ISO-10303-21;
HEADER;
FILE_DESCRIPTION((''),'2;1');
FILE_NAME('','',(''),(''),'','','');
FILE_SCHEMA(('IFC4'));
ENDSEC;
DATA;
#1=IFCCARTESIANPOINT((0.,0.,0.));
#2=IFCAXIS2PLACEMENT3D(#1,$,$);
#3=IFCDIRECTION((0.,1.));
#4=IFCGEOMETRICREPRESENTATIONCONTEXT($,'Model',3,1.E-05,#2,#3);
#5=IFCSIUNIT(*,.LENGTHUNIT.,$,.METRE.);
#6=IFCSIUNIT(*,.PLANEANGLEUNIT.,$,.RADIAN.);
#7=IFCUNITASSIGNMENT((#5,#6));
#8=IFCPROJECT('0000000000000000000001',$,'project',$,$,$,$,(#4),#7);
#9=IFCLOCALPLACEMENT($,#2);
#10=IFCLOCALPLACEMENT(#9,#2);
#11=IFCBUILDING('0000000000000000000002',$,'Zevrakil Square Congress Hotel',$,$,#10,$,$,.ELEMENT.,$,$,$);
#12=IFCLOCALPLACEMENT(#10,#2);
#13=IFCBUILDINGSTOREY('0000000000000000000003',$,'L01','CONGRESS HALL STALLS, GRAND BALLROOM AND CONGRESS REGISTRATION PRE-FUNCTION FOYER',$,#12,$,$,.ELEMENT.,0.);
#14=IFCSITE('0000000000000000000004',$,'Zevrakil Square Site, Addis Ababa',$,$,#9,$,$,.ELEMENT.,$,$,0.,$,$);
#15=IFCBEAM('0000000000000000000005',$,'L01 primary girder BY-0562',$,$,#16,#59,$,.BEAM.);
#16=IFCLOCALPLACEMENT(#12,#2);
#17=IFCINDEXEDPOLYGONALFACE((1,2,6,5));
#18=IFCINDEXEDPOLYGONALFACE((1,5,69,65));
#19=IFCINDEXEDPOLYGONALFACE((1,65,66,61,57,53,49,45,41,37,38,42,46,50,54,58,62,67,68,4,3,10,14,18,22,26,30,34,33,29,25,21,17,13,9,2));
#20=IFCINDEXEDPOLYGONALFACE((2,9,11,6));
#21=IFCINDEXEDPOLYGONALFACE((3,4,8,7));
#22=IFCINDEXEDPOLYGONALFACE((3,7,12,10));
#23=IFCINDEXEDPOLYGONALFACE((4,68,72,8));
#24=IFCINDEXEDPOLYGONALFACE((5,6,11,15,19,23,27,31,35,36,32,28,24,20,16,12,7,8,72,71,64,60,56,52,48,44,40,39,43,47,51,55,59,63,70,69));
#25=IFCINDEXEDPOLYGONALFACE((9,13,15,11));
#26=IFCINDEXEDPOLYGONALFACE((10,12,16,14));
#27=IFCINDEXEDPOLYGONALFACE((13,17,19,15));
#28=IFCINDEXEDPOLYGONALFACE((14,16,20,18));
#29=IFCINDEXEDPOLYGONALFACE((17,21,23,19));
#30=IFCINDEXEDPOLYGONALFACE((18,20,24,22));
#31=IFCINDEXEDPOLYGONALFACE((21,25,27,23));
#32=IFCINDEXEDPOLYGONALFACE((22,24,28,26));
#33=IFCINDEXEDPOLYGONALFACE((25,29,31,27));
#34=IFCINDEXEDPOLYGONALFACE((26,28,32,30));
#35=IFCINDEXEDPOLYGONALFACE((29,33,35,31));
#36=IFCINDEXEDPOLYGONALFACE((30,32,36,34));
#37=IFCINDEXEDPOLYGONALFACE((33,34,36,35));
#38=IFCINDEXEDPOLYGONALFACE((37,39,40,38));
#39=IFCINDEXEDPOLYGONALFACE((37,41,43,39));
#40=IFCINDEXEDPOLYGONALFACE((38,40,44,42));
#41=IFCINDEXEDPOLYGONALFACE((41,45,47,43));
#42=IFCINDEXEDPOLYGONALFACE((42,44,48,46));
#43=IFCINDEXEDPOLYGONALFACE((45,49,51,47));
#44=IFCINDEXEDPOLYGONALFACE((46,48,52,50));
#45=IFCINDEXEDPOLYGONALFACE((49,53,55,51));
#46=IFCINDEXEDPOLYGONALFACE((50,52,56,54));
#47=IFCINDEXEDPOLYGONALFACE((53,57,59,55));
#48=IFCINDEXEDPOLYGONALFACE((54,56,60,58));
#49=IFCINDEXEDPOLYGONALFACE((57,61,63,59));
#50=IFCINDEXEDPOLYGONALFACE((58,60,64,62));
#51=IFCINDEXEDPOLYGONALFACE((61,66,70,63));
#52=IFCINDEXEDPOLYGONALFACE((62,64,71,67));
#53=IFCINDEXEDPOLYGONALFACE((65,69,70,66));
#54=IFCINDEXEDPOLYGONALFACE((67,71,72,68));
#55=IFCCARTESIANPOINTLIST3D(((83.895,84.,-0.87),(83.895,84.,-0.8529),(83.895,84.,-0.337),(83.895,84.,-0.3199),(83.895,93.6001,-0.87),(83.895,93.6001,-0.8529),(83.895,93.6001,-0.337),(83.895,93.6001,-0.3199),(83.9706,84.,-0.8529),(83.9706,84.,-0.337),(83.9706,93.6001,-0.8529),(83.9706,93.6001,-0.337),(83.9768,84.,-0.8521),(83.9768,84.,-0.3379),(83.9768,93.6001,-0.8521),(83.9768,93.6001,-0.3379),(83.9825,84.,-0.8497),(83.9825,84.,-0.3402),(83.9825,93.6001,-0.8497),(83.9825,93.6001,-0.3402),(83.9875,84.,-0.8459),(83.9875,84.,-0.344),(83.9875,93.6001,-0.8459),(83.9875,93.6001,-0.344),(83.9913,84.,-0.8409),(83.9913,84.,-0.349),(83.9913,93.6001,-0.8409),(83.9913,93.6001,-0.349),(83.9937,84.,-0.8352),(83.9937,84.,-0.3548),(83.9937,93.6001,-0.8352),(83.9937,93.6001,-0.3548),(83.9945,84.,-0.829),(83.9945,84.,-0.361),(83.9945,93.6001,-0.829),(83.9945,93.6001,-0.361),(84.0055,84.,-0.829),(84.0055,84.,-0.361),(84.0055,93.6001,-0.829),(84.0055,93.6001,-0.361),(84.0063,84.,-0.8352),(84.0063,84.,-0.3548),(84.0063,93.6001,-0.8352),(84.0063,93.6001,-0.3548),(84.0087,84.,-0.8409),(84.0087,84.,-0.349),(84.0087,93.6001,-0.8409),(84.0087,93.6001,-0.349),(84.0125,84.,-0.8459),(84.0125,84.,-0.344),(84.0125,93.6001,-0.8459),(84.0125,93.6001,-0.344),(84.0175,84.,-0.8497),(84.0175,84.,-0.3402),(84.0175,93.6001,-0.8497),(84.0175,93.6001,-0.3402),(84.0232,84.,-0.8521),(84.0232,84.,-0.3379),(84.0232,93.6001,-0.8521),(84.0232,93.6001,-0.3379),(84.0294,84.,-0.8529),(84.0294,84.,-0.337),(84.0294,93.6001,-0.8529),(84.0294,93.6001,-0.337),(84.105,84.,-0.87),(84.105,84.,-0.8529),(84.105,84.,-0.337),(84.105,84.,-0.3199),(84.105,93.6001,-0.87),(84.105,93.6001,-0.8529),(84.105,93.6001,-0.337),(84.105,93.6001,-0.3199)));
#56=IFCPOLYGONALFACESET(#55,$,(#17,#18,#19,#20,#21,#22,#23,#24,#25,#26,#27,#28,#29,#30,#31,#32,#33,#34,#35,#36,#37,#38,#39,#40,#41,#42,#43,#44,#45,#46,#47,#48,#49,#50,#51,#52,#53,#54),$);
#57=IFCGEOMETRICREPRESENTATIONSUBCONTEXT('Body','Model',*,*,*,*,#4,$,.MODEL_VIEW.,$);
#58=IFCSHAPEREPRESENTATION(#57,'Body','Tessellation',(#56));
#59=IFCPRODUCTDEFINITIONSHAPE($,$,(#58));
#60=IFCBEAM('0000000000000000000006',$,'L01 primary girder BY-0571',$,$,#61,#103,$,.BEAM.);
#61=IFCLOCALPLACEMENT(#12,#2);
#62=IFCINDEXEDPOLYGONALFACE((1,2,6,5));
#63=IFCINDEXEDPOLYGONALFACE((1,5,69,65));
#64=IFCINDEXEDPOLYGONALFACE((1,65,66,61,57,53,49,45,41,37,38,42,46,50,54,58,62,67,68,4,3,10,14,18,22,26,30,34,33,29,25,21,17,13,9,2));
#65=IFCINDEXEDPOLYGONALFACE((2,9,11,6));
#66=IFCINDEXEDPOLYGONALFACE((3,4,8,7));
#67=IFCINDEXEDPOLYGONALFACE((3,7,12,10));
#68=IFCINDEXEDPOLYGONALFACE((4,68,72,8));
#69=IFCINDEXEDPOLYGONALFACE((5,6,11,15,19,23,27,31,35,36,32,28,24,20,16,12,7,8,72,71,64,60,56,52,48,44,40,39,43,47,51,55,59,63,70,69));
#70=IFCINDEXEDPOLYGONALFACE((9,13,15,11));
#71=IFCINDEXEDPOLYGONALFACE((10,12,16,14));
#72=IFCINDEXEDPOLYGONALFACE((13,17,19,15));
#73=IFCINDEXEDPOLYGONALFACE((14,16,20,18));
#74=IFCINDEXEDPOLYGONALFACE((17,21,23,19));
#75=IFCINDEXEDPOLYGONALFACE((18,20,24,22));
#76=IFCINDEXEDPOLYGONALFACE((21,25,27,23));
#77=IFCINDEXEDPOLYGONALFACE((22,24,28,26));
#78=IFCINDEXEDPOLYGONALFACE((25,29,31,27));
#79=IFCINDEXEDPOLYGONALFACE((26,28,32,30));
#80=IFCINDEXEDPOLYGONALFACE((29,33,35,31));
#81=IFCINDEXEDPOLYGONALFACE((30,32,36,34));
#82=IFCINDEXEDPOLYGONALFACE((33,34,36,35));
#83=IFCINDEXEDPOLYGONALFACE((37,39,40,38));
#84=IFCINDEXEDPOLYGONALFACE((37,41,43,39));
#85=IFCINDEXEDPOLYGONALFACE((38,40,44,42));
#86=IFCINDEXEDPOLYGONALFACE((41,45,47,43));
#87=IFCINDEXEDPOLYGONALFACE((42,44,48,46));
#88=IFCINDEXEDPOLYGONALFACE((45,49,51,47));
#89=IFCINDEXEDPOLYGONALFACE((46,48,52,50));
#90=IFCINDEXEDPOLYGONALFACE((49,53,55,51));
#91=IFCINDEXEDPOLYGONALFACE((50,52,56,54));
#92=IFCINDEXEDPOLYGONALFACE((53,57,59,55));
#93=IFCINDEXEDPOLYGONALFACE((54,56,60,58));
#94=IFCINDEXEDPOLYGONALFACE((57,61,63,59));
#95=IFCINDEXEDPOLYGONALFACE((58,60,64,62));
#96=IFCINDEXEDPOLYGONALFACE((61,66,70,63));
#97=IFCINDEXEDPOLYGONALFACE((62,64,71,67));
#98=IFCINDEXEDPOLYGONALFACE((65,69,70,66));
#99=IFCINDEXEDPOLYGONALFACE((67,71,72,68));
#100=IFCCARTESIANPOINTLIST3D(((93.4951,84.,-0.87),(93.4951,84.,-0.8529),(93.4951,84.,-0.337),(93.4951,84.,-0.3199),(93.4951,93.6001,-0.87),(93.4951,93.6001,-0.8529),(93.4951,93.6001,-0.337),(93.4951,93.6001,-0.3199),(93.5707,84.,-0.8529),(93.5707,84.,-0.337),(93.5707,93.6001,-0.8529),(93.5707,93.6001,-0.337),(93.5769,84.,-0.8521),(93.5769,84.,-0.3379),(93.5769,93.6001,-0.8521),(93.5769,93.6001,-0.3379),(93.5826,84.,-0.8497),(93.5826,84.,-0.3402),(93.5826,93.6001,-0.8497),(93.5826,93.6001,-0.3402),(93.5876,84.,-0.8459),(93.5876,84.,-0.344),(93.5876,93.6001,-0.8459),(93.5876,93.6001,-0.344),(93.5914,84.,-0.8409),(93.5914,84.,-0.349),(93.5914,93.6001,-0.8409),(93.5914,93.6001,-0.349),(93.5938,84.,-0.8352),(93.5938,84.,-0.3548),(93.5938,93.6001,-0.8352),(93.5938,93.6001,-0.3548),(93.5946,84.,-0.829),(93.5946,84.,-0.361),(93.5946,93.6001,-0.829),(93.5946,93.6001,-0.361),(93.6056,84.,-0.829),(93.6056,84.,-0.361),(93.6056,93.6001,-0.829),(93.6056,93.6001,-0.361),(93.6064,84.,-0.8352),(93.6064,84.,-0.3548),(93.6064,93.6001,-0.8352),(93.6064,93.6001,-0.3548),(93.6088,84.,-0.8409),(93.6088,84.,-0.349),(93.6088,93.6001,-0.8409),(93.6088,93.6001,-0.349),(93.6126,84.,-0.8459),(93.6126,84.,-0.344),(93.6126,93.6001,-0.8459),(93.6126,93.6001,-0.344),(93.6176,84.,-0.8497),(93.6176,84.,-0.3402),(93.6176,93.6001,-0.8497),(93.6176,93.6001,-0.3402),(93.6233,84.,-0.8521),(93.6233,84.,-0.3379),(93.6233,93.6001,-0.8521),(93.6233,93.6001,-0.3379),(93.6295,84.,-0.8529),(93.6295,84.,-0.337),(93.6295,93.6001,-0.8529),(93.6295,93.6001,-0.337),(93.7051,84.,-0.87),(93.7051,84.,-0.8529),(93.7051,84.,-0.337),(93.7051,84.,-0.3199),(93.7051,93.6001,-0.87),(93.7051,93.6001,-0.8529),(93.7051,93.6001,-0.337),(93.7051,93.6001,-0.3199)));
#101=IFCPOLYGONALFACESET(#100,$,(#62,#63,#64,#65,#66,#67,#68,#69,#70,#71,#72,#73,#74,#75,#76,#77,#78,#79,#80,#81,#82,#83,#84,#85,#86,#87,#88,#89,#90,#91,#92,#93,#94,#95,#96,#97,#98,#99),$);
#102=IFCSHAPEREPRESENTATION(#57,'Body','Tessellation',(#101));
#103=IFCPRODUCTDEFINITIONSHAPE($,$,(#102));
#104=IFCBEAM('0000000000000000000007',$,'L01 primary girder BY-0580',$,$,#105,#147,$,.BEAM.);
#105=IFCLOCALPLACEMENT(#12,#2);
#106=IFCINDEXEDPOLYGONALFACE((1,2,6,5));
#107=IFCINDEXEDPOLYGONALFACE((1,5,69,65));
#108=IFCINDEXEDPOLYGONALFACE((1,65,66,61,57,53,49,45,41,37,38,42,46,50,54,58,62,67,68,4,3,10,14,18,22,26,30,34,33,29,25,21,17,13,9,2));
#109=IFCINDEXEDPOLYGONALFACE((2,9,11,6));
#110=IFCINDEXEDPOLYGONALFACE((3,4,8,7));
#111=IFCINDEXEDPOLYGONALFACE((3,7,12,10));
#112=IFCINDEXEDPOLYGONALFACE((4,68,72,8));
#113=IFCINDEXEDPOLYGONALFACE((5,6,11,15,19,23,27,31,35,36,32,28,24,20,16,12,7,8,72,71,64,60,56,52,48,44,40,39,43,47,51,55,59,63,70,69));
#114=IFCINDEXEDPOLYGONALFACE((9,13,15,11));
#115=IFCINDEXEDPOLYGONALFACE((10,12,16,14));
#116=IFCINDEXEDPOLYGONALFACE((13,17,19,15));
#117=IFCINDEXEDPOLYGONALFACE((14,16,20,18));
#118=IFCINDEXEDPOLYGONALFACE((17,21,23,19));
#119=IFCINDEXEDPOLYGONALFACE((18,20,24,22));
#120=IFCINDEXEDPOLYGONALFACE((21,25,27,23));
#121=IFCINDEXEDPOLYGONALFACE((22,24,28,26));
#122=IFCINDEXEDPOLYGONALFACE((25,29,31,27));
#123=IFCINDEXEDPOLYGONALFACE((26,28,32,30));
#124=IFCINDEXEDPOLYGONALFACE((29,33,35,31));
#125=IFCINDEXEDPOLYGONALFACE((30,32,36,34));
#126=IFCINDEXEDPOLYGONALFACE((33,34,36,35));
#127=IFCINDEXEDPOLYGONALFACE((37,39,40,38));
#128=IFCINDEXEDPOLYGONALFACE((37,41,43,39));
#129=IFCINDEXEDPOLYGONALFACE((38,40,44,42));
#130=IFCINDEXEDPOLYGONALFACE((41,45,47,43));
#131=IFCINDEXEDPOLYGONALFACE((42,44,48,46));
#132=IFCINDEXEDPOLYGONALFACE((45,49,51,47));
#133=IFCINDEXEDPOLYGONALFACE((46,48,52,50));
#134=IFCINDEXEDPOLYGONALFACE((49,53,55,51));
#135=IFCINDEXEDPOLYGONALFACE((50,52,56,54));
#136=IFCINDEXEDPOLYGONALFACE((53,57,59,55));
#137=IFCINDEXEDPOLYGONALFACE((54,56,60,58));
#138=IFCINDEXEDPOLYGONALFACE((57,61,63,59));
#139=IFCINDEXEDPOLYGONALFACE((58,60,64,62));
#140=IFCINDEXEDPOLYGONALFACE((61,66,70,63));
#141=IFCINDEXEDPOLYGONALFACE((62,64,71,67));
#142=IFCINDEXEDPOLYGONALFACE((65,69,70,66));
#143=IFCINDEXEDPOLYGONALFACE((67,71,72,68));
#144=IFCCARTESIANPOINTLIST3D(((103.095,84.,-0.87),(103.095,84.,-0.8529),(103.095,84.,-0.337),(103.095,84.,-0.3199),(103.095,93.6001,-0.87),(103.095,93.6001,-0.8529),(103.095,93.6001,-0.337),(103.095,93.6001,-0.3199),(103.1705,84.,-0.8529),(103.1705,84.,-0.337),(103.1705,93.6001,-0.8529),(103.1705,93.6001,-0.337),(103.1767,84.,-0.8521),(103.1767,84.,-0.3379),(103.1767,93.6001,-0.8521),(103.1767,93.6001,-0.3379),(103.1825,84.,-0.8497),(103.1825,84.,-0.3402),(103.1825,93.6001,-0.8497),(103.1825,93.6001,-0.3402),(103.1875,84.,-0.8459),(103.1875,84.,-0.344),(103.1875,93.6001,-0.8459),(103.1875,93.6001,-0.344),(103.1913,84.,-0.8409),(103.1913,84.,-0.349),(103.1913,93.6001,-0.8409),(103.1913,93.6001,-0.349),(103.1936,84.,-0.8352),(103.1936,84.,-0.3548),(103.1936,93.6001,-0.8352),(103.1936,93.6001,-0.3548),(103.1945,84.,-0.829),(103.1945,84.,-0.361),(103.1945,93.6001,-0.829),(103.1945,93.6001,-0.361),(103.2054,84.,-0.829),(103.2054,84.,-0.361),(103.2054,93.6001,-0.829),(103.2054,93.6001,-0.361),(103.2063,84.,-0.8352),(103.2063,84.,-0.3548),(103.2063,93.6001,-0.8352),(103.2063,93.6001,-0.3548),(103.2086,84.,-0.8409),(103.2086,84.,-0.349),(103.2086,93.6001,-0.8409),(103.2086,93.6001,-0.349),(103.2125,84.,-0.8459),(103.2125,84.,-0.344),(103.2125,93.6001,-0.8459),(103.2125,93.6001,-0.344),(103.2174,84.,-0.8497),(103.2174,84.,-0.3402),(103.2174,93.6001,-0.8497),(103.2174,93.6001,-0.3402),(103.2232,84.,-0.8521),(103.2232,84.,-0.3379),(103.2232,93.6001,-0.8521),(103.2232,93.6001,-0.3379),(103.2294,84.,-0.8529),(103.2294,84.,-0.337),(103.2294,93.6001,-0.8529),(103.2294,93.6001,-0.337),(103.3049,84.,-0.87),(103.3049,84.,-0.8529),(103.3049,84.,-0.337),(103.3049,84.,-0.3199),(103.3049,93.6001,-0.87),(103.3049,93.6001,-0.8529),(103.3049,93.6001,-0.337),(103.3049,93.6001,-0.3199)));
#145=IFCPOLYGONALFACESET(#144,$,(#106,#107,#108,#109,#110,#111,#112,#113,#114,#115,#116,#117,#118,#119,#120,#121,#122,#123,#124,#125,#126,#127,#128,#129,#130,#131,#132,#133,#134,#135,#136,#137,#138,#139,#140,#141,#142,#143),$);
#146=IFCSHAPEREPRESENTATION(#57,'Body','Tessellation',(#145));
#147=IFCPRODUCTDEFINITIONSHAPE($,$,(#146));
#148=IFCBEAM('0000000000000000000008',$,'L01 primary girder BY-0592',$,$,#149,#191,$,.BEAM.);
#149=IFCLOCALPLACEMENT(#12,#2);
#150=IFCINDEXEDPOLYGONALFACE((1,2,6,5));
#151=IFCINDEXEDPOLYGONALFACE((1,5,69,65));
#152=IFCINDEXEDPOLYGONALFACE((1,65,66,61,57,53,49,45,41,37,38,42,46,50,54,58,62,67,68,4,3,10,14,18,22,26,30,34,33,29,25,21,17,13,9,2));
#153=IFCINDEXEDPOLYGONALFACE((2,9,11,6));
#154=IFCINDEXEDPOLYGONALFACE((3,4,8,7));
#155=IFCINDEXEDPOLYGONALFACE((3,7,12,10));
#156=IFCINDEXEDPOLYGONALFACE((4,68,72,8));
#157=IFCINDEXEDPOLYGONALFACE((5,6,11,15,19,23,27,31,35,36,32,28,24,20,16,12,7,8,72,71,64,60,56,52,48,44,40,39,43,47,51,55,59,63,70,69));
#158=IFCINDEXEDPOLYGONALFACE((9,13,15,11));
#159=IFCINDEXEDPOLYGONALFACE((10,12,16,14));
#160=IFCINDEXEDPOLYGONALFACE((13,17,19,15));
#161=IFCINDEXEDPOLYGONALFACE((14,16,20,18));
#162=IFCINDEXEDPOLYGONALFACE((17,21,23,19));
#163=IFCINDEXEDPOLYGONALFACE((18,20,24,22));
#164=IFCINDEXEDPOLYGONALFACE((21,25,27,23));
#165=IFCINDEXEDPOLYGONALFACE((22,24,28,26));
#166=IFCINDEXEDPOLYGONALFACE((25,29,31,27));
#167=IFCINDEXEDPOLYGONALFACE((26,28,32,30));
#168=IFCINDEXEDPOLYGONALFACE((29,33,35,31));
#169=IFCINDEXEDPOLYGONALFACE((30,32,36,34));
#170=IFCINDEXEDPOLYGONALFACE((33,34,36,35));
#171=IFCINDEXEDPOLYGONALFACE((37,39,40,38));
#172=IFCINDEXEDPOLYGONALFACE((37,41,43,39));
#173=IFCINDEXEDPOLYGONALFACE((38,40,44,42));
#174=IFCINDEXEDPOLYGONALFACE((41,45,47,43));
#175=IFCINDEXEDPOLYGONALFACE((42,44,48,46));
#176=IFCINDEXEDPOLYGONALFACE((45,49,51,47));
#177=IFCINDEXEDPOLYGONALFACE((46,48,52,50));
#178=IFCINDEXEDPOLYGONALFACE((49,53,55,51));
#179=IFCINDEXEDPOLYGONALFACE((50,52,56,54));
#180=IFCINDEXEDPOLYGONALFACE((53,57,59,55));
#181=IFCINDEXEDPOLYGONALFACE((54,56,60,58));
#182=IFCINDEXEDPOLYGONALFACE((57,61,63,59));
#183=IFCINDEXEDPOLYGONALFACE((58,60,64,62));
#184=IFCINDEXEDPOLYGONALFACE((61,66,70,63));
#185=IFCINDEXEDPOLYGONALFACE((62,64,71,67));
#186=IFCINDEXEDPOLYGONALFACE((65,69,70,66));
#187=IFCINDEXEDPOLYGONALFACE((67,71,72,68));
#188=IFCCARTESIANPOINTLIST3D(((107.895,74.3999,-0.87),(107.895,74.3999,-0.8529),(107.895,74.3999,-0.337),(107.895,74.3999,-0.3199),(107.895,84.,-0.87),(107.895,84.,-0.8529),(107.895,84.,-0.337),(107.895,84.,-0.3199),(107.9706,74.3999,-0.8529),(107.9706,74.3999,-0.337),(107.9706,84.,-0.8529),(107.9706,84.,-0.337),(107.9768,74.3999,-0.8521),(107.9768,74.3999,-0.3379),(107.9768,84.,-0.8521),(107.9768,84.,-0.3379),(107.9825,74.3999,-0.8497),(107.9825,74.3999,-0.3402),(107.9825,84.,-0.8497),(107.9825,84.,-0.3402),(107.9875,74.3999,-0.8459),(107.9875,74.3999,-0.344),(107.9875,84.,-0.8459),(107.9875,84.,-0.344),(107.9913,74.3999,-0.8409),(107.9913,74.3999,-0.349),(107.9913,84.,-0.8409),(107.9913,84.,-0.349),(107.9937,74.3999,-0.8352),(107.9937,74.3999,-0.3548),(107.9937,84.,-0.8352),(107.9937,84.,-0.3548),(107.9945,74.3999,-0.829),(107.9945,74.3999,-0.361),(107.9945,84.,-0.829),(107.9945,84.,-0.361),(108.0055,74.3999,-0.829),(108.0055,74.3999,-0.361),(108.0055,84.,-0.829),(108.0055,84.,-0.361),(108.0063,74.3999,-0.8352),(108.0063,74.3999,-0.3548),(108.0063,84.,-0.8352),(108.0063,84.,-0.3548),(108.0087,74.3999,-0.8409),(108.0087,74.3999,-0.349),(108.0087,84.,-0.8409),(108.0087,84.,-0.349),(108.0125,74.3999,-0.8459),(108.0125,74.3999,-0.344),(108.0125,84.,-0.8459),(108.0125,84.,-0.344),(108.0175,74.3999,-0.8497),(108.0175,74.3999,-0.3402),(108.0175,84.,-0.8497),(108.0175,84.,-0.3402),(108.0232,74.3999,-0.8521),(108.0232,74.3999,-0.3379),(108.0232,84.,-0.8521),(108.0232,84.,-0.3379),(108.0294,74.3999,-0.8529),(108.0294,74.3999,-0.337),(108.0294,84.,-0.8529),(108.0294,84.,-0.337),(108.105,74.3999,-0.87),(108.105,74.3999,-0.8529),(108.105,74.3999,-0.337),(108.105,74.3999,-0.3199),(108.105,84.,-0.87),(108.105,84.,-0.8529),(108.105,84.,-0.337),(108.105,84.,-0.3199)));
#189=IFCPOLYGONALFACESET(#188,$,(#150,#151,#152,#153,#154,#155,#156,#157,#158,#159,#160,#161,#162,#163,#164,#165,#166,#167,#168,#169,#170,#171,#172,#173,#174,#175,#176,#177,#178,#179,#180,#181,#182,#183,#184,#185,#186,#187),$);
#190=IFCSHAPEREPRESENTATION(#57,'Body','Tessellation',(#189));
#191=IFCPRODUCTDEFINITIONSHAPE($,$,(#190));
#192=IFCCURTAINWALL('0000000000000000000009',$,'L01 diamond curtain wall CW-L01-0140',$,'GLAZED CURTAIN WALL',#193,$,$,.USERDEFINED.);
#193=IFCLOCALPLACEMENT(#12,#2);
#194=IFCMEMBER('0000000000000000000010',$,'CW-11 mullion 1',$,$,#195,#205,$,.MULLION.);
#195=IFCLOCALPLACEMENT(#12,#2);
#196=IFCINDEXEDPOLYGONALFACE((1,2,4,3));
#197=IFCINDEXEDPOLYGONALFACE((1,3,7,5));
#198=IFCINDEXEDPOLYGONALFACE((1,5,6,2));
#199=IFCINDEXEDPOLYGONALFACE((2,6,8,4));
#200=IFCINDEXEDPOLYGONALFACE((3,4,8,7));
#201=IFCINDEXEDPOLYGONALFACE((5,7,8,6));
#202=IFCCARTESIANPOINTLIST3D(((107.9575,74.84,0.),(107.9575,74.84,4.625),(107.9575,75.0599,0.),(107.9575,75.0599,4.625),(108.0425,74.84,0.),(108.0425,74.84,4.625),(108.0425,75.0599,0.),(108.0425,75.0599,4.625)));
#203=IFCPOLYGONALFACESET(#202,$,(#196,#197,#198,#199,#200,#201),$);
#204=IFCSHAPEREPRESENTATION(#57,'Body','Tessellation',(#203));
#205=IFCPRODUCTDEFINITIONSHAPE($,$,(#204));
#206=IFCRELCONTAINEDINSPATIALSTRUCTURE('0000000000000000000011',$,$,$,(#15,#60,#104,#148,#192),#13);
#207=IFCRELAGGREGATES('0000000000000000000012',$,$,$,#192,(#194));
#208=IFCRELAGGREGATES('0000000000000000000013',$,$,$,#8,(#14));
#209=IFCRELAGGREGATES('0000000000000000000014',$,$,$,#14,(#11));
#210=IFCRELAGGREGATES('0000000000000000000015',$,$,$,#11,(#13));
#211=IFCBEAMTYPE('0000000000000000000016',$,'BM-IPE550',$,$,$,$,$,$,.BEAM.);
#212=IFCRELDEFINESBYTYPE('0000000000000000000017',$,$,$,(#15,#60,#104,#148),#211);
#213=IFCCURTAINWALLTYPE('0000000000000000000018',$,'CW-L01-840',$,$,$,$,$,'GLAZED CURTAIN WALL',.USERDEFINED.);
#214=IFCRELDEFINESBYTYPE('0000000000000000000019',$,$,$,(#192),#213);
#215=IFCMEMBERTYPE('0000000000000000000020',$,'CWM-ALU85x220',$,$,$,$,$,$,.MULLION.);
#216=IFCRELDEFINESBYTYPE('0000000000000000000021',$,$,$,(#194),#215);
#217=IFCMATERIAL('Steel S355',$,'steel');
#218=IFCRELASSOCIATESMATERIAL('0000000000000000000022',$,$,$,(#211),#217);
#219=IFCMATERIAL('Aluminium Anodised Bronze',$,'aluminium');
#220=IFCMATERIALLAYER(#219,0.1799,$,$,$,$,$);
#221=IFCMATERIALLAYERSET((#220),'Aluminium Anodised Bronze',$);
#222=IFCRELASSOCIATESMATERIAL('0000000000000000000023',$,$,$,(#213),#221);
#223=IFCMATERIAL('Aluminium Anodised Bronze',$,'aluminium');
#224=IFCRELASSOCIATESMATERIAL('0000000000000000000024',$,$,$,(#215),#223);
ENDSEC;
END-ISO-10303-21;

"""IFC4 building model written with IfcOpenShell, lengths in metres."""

from ifc_helpers import new_model, si_unit, direction, frame, origin, origin_2d, place, context, subcontext, project, spatial, rectangle, i_section, extrude, material, layer, layer_set, material_profile, profile_set, type_object, element, aggregate, save


model = new_model("IFC4")

# Units and contexts
model_context = context("Model", 3, precision=1e-05, world=origin(), true_north=direction((0.0, 1.0)))
body_context = subcontext(model_context, "Body", "Model", "MODEL_VIEW")
ifc_project = project(units=[si_unit("LENGTHUNIT", "METRE"), si_unit("PLANEANGLEUNIT", "RADIAN")], contexts=[model_context])

# Site, building, storey
site_placement = place(None, origin())
site = spatial("IfcSite", under=ifc_project, at=site_placement, Name="Zevrakil Square Site, Addis Ababa", CompositionType="ELEMENT", RefElevation=0.0)
building_placement = place(site_placement, origin())
building = spatial("IfcBuilding", under=site, at=building_placement, Name="Zevrakil Square Congress Hotel", CompositionType="ELEMENT")
storey_placement = place(building_placement, origin())
storey = spatial("IfcBuildingStorey", under=building, at=storey_placement, Name="L01", Description="CONGRESS HALL STALLS, GRAND BALLROOM AND CONGRESS REGISTRATION PRE-FUNCTION FOYER", CompositionType="ELEMENT", Elevation=0.0)

# Beams
ifc_material_1 = material(Name="Steel S355", Category="steel")
ifc_material_profile_1 = material_profile(ifc_material_1, i_section(OverallWidth=0.21, OverallDepth=0.55, WebThickness=0.011, FlangeThickness=0.0171, FilletRadius=0.0239, at=origin_2d()), Name="IPE 550")
ifc_profile_set_1 = profile_set([ifc_material_profile_1], Name="Steel S355")
beam_type_1 = type_object("IfcBeamType", Name="BM-IPE550", PredefinedType="BEAM", material=ifc_profile_set_1)
for number, where, z_axis, x_axis, name in (
    (1, (84.0, 84.0, -0.595), (0.0, 1.0, 0.0), (-1.0, 0.0, 0.0), "L01 primary girder BY-0562"),
    (2, (93.6001, 84.0, -0.595), (0.0, 1.0, 0.0), (-1.0, 0.0, 0.0), "L01 primary girder BY-0571"),
    (3, (103.2, 84.0, -0.595), (0.0, 1.0, 0.0), (-1.0, 0.0, 0.0), "L01 primary girder BY-0580"),
    (4, (108.0, 74.3999, -0.595), (0.0, 1.0, 0.0), (-1.0, 0.0, 0.0), "L01 primary girder BY-0592"),
):
    element("IfcBeam", number, at=place(storey_placement, frame(where, z_axis=z_axis, x_axis=x_axis)), inside=storey, type_object=beam_type_1, Name=name, PredefinedType="BEAM", context=body_context, shape_type="SweptSolid", body=[
        extrude(i_section(OverallWidth=0.21, OverallDepth=0.55, WebThickness=0.011, FlangeThickness=0.0171, FilletRadius=0.0239, at=origin_2d()), origin(), (0.0, 0.0, 1.0), 9.6001),
    ])

# Curtain wall, member
ifc_material_2 = material(Name="Aluminium Anodised Bronze", Category="aluminium")
ifc_layer_1 = layer(ifc_material_2, 0.1799)
ifc_layer_set_1 = layer_set([ifc_layer_1], Name="Aluminium Anodised Bronze")
curtain_wall_type = type_object("IfcCurtainWallType", Name="CW-L01-840", ElementType="GLAZED CURTAIN WALL", PredefinedType="USERDEFINED", material=ifc_layer_set_1)
curtain_wall_placement = place(storey_placement, origin())
curtain_wall = element("IfcCurtainWall", 5, at=curtain_wall_placement, inside=storey, type_object=curtain_wall_type, Name="L01 diamond curtain wall CW-L01-0140", ObjectType="GLAZED CURTAIN WALL", PredefinedType="USERDEFINED")
ifc_material_3 = material(Name="Aluminium Anodised Bronze", Category="aluminium")
ifc_material_profile_2 = material_profile(ifc_material_3, rectangle(XDim=0.085, YDim=0.22, at=origin_2d()), Name="ALU 85x220")
ifc_profile_set_2 = profile_set([ifc_material_profile_2], Name="Aluminium Anodised Bronze")
member_type = type_object("IfcMemberType", Name="CWM-ALU85x220", PredefinedType="MULLION", material=ifc_profile_set_2)
member_placement = place(storey_placement, frame((108.0, 74.95, 0.0), z_axis=(0.0, 0.0, 1.0), x_axis=(-1.0, 0.0, 0.0)))
member = element("IfcMember", 6, at=member_placement, type_object=member_type, Name="CW-11 mullion 1", PredefinedType="MULLION", context=body_context, shape_type="SweptSolid", body=[
    extrude(rectangle(XDim=0.085, YDim=0.22, at=origin_2d()), origin(), (0.0, 0.0, 1.0), 4.625),
])
aggregate(curtain_wall, [member])

save(model, "model.ifc")
